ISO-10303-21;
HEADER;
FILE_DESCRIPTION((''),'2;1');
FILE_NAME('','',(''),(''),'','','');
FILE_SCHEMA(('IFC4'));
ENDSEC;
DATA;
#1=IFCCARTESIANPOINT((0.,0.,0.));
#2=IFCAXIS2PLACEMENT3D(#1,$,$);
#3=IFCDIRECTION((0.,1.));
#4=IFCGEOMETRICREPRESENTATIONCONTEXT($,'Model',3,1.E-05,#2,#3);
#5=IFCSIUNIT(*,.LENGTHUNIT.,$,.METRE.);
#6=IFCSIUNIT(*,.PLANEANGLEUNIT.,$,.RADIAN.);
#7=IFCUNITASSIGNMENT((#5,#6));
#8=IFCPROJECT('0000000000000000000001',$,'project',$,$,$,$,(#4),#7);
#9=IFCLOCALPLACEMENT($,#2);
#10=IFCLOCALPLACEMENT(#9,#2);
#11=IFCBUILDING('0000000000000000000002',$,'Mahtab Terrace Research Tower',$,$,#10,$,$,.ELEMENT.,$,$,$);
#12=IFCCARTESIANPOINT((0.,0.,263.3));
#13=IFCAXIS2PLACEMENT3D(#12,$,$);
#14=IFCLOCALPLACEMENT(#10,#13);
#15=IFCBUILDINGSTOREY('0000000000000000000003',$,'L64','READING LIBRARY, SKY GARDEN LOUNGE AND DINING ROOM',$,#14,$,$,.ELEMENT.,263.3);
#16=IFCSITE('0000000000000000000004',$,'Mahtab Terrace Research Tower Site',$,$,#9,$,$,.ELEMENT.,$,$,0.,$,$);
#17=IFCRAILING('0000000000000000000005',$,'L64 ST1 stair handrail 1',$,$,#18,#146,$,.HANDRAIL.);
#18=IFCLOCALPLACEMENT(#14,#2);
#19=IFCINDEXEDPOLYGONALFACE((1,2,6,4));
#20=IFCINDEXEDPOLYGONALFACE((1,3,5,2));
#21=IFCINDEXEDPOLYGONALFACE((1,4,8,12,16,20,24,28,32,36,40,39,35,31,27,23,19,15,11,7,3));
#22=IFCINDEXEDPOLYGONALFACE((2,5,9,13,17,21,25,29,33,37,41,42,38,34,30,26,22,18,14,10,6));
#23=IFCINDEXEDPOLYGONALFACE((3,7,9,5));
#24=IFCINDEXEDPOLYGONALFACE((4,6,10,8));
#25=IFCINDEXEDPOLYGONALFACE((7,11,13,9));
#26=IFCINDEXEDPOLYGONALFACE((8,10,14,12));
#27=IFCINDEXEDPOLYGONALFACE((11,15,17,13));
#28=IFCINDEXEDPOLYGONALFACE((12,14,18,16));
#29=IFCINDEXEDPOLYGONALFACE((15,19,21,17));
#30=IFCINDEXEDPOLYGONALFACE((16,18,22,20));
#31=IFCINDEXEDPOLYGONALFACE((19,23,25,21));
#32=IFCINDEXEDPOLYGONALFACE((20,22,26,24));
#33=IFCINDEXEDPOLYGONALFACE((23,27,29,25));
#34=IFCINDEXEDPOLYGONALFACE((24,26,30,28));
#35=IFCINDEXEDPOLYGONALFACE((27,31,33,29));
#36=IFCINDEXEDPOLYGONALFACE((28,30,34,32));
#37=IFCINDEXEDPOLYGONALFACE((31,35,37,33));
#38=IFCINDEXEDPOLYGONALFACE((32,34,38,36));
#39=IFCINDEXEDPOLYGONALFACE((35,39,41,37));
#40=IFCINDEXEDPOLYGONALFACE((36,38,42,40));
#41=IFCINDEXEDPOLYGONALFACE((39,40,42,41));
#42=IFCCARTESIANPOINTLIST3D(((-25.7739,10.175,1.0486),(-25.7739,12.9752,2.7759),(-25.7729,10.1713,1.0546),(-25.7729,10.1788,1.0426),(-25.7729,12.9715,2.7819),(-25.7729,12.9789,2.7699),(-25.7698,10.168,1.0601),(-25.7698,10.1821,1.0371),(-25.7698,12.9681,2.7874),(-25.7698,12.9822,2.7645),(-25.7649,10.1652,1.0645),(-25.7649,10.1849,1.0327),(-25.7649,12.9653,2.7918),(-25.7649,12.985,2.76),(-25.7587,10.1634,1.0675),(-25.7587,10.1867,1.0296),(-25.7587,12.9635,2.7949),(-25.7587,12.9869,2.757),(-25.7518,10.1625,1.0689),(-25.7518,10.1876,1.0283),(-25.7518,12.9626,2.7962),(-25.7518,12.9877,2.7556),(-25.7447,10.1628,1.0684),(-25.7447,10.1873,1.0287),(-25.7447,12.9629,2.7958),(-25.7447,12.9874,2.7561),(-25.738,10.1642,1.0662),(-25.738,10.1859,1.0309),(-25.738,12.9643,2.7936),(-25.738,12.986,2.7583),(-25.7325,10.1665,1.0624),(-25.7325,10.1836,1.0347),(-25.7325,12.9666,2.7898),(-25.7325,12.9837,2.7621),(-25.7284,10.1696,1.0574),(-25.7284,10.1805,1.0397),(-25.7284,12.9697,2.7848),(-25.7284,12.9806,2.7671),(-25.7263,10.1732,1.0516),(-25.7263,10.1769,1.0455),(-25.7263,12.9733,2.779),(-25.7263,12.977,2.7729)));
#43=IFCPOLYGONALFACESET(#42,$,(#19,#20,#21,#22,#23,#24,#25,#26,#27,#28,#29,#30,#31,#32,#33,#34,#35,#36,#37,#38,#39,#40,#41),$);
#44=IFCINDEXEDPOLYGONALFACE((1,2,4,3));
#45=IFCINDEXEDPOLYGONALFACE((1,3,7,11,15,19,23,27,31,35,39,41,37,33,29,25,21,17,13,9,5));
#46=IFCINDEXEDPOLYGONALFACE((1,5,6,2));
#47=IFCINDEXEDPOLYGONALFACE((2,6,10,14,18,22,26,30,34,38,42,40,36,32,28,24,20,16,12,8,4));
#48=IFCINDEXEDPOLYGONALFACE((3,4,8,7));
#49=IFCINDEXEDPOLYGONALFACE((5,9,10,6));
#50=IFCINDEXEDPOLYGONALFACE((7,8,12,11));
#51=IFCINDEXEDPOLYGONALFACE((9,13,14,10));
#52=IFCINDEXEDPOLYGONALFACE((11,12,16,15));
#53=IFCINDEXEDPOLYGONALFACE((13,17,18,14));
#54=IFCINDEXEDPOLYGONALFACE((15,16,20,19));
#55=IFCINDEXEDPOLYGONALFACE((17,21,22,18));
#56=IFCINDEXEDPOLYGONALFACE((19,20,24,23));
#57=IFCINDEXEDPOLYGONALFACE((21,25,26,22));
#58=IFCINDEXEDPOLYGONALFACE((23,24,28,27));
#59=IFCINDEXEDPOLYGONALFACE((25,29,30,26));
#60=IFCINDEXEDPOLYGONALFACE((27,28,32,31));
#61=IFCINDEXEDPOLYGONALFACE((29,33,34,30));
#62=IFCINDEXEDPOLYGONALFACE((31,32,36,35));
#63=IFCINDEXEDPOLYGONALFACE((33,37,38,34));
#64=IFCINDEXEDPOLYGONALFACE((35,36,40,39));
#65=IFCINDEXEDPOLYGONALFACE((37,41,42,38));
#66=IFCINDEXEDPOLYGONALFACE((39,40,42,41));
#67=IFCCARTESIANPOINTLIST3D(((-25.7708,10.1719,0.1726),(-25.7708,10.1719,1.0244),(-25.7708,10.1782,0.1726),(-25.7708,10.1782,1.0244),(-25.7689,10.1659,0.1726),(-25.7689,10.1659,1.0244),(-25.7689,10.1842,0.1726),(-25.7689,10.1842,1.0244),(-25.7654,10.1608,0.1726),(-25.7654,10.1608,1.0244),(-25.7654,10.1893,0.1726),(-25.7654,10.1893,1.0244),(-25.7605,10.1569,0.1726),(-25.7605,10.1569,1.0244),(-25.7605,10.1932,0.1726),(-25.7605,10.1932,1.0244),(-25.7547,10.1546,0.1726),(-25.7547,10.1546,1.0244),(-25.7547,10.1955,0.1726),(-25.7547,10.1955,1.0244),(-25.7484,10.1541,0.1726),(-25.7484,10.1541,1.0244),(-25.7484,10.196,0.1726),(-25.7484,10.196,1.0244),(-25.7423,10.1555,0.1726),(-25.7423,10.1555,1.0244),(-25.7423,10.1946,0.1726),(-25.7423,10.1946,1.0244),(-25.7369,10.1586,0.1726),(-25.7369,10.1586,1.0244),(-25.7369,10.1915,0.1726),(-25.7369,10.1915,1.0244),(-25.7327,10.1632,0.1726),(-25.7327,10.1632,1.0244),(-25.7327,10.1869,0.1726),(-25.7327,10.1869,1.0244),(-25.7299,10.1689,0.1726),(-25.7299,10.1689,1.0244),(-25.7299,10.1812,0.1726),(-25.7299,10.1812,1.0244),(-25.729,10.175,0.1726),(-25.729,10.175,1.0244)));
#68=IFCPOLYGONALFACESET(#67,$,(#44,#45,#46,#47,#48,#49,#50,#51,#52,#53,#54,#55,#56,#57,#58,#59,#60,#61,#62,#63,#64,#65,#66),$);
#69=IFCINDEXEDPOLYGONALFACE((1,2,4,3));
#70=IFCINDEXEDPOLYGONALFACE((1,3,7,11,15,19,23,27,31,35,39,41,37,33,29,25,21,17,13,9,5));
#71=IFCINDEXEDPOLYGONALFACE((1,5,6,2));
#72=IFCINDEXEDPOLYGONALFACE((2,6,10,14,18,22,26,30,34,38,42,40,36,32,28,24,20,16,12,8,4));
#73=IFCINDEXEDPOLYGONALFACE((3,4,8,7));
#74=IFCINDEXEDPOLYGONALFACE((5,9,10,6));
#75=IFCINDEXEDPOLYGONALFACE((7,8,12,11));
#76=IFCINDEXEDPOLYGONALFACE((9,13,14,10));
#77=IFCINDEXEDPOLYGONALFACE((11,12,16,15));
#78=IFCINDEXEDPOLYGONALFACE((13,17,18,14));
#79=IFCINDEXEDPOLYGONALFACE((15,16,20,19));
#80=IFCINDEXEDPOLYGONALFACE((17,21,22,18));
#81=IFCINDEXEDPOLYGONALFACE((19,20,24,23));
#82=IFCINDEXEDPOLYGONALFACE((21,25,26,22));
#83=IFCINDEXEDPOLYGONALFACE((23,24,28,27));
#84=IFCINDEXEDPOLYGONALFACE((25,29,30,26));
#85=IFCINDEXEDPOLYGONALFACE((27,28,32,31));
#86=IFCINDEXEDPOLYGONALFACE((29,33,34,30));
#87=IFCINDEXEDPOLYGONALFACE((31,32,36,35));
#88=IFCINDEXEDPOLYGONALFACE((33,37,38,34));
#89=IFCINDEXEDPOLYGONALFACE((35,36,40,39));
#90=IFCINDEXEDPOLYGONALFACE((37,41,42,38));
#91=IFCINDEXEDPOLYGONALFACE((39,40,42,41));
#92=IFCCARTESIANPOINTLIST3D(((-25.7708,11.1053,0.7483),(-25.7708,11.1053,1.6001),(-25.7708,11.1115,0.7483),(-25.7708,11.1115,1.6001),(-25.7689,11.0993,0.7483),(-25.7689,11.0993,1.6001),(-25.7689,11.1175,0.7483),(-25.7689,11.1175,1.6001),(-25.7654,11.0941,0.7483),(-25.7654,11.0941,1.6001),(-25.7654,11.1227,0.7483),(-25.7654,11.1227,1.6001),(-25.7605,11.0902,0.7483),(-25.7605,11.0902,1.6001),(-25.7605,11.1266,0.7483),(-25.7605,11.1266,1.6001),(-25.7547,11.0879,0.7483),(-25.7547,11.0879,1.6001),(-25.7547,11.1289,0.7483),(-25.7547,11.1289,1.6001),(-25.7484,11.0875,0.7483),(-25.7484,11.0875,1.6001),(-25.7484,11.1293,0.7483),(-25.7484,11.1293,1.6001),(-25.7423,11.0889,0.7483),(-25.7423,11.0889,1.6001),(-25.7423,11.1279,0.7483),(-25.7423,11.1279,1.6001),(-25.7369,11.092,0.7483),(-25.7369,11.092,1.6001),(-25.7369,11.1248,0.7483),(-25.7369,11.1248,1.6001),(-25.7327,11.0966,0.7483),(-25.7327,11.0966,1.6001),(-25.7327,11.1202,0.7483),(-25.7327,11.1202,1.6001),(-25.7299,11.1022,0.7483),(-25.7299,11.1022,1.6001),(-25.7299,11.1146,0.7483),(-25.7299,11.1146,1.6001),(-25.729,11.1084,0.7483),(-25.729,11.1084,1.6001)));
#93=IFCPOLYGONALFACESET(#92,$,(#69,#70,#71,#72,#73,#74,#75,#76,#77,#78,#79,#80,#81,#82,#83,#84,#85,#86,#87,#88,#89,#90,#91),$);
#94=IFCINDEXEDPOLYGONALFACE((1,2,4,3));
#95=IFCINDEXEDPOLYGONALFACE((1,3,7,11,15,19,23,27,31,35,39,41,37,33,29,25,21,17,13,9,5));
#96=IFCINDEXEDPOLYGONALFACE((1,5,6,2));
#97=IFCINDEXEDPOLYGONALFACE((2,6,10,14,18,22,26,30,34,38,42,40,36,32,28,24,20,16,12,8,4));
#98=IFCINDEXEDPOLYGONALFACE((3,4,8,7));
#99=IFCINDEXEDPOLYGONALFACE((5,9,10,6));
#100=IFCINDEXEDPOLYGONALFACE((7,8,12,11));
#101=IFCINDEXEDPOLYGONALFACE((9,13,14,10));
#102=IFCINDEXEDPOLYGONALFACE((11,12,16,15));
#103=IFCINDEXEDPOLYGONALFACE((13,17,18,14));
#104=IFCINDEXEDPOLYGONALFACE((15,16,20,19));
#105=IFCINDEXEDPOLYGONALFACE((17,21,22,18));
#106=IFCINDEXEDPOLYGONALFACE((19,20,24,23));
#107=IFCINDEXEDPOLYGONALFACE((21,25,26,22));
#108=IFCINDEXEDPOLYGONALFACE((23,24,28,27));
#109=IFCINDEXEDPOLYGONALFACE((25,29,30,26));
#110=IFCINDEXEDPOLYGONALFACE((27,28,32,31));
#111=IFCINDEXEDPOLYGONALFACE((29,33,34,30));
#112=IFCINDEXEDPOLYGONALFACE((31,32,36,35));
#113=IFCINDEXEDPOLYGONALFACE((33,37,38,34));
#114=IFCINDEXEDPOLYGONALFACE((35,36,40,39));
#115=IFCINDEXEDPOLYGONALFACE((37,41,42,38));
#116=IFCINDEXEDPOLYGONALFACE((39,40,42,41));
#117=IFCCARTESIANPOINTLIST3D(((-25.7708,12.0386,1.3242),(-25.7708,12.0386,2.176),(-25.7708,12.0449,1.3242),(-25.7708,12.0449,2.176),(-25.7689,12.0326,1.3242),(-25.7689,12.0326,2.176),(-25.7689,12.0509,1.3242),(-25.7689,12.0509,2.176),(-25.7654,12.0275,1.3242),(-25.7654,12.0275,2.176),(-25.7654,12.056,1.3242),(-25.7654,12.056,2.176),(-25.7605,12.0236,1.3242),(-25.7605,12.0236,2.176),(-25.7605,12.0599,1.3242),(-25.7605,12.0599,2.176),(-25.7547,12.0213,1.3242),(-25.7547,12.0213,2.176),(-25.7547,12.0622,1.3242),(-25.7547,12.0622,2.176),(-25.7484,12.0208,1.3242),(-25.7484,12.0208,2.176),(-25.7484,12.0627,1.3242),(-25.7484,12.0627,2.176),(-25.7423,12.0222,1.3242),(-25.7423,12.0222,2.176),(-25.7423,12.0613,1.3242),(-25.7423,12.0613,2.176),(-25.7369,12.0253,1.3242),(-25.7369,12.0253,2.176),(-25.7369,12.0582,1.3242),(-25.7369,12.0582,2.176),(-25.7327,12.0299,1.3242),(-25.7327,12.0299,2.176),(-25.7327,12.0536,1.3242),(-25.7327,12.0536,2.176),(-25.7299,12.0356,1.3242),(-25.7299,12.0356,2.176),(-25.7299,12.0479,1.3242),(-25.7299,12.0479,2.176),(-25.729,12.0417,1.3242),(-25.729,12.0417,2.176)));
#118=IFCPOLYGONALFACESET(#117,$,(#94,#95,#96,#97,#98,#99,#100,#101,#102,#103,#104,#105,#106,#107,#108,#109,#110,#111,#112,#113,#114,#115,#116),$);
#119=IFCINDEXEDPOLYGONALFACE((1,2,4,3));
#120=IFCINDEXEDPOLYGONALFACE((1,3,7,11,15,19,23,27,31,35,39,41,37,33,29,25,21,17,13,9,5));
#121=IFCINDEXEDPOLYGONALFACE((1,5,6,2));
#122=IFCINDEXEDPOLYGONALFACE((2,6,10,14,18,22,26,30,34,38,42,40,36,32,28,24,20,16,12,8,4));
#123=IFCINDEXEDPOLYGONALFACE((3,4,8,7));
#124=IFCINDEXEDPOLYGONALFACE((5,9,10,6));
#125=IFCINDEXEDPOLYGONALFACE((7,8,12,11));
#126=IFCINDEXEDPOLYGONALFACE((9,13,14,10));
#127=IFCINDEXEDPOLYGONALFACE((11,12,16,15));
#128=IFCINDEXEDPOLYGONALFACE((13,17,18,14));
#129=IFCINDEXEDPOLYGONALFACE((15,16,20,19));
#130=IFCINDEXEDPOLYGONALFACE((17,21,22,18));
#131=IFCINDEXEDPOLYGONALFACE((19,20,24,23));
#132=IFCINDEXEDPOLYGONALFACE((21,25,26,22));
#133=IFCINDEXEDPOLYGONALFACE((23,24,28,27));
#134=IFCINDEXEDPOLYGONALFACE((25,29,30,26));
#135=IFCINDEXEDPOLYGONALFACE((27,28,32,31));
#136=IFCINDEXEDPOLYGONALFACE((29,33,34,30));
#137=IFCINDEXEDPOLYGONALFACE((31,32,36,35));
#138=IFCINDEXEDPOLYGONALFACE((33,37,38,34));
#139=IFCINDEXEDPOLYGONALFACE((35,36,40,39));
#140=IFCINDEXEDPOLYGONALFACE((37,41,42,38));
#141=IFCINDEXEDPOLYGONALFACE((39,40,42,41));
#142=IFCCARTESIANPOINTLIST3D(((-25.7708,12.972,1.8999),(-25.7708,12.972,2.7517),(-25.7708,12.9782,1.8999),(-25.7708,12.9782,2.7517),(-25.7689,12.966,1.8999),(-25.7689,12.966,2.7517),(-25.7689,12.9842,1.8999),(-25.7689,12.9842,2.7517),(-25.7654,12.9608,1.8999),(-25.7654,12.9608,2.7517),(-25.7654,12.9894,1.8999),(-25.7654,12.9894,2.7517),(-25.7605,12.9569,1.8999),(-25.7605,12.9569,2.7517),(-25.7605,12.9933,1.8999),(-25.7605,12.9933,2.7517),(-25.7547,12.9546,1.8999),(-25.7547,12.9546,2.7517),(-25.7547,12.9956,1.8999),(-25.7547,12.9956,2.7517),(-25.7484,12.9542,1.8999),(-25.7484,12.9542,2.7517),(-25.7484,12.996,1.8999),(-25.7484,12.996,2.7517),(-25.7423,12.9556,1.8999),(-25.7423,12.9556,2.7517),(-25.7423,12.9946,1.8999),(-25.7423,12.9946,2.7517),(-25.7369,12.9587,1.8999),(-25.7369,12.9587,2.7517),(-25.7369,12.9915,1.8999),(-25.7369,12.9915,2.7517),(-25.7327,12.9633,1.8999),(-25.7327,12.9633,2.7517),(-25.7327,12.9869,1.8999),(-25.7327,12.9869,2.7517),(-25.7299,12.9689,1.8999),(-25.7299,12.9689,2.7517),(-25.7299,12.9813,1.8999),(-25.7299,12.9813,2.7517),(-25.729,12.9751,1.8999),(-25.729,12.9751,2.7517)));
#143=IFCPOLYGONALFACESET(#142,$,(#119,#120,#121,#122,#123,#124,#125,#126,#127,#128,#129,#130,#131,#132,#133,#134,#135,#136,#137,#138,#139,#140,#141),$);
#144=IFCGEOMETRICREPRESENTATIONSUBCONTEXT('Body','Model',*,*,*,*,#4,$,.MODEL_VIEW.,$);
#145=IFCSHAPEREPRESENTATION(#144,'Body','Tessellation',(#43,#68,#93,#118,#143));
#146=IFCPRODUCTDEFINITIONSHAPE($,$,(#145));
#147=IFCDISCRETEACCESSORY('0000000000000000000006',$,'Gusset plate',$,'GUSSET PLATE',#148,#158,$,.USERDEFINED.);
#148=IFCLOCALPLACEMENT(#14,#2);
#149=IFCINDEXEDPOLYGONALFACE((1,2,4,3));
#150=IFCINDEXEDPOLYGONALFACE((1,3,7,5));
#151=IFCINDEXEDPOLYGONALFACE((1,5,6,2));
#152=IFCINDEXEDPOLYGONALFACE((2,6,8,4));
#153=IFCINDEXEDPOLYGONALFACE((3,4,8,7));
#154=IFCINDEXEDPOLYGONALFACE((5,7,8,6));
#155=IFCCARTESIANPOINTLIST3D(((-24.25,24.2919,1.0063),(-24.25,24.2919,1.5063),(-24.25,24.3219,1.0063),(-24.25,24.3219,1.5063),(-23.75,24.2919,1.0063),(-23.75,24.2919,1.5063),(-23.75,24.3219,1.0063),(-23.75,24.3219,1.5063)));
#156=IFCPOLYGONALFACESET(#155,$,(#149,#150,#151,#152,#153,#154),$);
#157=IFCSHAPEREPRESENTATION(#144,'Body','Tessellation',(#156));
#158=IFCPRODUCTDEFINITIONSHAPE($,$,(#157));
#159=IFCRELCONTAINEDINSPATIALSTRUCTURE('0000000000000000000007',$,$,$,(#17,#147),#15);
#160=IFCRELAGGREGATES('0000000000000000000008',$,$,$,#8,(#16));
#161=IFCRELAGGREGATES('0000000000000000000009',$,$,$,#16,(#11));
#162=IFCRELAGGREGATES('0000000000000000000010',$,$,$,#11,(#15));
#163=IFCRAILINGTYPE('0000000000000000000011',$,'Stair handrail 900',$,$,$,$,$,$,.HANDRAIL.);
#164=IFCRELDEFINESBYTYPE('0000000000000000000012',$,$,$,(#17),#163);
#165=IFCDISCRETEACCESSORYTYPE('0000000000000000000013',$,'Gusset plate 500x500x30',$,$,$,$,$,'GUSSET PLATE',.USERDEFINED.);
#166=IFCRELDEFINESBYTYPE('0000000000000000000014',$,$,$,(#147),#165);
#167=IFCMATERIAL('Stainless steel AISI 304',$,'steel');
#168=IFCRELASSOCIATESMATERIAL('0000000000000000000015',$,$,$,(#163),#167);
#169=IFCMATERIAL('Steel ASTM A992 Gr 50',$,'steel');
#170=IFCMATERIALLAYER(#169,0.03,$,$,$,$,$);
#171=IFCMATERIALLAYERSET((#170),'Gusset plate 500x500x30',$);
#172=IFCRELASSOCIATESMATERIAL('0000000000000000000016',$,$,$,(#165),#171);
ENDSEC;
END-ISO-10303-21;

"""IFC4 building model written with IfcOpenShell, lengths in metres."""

from ifc_helpers import new_model, si_unit, direction, frame, origin, origin_2d, place, context, subcontext, project, spatial, rectangle, circle, extrude, material, layer, layer_set, type_object, element, save


model = new_model("IFC4")

# Units and contexts
model_context = context("Model", 3, precision=1e-05, world=origin(), true_north=direction((0.0, 1.0)))
body_context = subcontext(model_context, "Body", "Model", "MODEL_VIEW")
ifc_project = project(units=[si_unit("LENGTHUNIT", "METRE"), si_unit("PLANEANGLEUNIT", "RADIAN")], contexts=[model_context])

# Site, building, storey
site_placement = place(None, origin())
site = spatial("IfcSite", under=ifc_project, at=site_placement, Name="Mahtab Terrace Research Tower Site", CompositionType="ELEMENT", RefElevation=0.0)
building_placement = place(site_placement, origin())
building = spatial("IfcBuilding", under=site, at=building_placement, Name="Mahtab Terrace Research Tower", CompositionType="ELEMENT")
storey_placement = place(building_placement, frame((0.0, 0.0, 263.3)))
storey = spatial("IfcBuildingStorey", under=building, at=storey_placement, Name="L64", Description="READING LIBRARY, SKY GARDEN LOUNGE AND DINING ROOM", CompositionType="ELEMENT", Elevation=263.3)

# Railing
ifc_material_1 = material(Name="Stainless steel AISI 304", Category="steel")
railing_type_1 = type_object("IfcRailingType", Name="Stair handrail 900", PredefinedType="HANDRAIL", material=ifc_material_1)
railing_1_placement = place(storey_placement, frame((-25.75, 10.175, 0.1726)))
element("IfcRailing", 1, at=railing_1_placement, inside=storey, type_object=railing_type_1, Name="L64 ST1 stair handrail 1", PredefinedType="HANDRAIL", context=body_context, shape_type="SweptSolid", body=[
    extrude(circle(Radius=0.0239, at=origin_2d()), frame((0.0, 0.0, 0.876), z_axis=(0.0, 0.85109, 0.52502), x_axis=(-1.0, 0.0, 0.0)), (0.0, 0.0, 1.0), 3.29),
    extrude(circle(Radius=0.021, at=origin_2d()), origin(), (0.0, 0.0, 1.0), 0.8518),
    extrude(circle(Radius=0.021, at=origin_2d()), frame((0.0, 0.9333, 0.5757)), (0.0, 0.0, 1.0), 0.8518),
    extrude(circle(Radius=0.021, at=origin_2d()), frame((0.0, 1.8667, 1.1516)), (0.0, 0.0, 1.0), 0.8518),
    extrude(circle(Radius=0.021, at=origin_2d()), frame((0.0, 2.8, 1.7273)), (0.0, 0.0, 1.0), 0.8518),
])

# Discrete accessory
ifc_material_2 = material(Name="Steel ASTM A992 Gr 50", Category="steel")
ifc_layer_1 = layer(ifc_material_2, 0.03)
ifc_layer_set_1 = layer_set([ifc_layer_1], Name="Gusset plate 500x500x30")
discrete_accessory_type = type_object("IfcDiscreteAccessoryType", Name="Gusset plate 500x500x30", ElementType="GUSSET PLATE", PredefinedType="USERDEFINED", material=ifc_layer_set_1)
discrete_accessory_placement = place(storey_placement, frame((-24.0, 24.3069, 1.0063), z_axis=(0.0, 0.0, 1.0), x_axis=(1.0, 0.0, 0.0)))
element("IfcDiscreteAccessory", 2, at=discrete_accessory_placement, inside=storey, type_object=discrete_accessory_type, Name="Gusset plate", ObjectType="GUSSET PLATE", PredefinedType="USERDEFINED", context=body_context, shape_type="SweptSolid", body=[
    extrude(rectangle(XDim=0.5, YDim=0.03, at=origin_2d()), origin(), (0.0, 0.0, 1.0), 0.5),
])

save(model, "model.ifc")
